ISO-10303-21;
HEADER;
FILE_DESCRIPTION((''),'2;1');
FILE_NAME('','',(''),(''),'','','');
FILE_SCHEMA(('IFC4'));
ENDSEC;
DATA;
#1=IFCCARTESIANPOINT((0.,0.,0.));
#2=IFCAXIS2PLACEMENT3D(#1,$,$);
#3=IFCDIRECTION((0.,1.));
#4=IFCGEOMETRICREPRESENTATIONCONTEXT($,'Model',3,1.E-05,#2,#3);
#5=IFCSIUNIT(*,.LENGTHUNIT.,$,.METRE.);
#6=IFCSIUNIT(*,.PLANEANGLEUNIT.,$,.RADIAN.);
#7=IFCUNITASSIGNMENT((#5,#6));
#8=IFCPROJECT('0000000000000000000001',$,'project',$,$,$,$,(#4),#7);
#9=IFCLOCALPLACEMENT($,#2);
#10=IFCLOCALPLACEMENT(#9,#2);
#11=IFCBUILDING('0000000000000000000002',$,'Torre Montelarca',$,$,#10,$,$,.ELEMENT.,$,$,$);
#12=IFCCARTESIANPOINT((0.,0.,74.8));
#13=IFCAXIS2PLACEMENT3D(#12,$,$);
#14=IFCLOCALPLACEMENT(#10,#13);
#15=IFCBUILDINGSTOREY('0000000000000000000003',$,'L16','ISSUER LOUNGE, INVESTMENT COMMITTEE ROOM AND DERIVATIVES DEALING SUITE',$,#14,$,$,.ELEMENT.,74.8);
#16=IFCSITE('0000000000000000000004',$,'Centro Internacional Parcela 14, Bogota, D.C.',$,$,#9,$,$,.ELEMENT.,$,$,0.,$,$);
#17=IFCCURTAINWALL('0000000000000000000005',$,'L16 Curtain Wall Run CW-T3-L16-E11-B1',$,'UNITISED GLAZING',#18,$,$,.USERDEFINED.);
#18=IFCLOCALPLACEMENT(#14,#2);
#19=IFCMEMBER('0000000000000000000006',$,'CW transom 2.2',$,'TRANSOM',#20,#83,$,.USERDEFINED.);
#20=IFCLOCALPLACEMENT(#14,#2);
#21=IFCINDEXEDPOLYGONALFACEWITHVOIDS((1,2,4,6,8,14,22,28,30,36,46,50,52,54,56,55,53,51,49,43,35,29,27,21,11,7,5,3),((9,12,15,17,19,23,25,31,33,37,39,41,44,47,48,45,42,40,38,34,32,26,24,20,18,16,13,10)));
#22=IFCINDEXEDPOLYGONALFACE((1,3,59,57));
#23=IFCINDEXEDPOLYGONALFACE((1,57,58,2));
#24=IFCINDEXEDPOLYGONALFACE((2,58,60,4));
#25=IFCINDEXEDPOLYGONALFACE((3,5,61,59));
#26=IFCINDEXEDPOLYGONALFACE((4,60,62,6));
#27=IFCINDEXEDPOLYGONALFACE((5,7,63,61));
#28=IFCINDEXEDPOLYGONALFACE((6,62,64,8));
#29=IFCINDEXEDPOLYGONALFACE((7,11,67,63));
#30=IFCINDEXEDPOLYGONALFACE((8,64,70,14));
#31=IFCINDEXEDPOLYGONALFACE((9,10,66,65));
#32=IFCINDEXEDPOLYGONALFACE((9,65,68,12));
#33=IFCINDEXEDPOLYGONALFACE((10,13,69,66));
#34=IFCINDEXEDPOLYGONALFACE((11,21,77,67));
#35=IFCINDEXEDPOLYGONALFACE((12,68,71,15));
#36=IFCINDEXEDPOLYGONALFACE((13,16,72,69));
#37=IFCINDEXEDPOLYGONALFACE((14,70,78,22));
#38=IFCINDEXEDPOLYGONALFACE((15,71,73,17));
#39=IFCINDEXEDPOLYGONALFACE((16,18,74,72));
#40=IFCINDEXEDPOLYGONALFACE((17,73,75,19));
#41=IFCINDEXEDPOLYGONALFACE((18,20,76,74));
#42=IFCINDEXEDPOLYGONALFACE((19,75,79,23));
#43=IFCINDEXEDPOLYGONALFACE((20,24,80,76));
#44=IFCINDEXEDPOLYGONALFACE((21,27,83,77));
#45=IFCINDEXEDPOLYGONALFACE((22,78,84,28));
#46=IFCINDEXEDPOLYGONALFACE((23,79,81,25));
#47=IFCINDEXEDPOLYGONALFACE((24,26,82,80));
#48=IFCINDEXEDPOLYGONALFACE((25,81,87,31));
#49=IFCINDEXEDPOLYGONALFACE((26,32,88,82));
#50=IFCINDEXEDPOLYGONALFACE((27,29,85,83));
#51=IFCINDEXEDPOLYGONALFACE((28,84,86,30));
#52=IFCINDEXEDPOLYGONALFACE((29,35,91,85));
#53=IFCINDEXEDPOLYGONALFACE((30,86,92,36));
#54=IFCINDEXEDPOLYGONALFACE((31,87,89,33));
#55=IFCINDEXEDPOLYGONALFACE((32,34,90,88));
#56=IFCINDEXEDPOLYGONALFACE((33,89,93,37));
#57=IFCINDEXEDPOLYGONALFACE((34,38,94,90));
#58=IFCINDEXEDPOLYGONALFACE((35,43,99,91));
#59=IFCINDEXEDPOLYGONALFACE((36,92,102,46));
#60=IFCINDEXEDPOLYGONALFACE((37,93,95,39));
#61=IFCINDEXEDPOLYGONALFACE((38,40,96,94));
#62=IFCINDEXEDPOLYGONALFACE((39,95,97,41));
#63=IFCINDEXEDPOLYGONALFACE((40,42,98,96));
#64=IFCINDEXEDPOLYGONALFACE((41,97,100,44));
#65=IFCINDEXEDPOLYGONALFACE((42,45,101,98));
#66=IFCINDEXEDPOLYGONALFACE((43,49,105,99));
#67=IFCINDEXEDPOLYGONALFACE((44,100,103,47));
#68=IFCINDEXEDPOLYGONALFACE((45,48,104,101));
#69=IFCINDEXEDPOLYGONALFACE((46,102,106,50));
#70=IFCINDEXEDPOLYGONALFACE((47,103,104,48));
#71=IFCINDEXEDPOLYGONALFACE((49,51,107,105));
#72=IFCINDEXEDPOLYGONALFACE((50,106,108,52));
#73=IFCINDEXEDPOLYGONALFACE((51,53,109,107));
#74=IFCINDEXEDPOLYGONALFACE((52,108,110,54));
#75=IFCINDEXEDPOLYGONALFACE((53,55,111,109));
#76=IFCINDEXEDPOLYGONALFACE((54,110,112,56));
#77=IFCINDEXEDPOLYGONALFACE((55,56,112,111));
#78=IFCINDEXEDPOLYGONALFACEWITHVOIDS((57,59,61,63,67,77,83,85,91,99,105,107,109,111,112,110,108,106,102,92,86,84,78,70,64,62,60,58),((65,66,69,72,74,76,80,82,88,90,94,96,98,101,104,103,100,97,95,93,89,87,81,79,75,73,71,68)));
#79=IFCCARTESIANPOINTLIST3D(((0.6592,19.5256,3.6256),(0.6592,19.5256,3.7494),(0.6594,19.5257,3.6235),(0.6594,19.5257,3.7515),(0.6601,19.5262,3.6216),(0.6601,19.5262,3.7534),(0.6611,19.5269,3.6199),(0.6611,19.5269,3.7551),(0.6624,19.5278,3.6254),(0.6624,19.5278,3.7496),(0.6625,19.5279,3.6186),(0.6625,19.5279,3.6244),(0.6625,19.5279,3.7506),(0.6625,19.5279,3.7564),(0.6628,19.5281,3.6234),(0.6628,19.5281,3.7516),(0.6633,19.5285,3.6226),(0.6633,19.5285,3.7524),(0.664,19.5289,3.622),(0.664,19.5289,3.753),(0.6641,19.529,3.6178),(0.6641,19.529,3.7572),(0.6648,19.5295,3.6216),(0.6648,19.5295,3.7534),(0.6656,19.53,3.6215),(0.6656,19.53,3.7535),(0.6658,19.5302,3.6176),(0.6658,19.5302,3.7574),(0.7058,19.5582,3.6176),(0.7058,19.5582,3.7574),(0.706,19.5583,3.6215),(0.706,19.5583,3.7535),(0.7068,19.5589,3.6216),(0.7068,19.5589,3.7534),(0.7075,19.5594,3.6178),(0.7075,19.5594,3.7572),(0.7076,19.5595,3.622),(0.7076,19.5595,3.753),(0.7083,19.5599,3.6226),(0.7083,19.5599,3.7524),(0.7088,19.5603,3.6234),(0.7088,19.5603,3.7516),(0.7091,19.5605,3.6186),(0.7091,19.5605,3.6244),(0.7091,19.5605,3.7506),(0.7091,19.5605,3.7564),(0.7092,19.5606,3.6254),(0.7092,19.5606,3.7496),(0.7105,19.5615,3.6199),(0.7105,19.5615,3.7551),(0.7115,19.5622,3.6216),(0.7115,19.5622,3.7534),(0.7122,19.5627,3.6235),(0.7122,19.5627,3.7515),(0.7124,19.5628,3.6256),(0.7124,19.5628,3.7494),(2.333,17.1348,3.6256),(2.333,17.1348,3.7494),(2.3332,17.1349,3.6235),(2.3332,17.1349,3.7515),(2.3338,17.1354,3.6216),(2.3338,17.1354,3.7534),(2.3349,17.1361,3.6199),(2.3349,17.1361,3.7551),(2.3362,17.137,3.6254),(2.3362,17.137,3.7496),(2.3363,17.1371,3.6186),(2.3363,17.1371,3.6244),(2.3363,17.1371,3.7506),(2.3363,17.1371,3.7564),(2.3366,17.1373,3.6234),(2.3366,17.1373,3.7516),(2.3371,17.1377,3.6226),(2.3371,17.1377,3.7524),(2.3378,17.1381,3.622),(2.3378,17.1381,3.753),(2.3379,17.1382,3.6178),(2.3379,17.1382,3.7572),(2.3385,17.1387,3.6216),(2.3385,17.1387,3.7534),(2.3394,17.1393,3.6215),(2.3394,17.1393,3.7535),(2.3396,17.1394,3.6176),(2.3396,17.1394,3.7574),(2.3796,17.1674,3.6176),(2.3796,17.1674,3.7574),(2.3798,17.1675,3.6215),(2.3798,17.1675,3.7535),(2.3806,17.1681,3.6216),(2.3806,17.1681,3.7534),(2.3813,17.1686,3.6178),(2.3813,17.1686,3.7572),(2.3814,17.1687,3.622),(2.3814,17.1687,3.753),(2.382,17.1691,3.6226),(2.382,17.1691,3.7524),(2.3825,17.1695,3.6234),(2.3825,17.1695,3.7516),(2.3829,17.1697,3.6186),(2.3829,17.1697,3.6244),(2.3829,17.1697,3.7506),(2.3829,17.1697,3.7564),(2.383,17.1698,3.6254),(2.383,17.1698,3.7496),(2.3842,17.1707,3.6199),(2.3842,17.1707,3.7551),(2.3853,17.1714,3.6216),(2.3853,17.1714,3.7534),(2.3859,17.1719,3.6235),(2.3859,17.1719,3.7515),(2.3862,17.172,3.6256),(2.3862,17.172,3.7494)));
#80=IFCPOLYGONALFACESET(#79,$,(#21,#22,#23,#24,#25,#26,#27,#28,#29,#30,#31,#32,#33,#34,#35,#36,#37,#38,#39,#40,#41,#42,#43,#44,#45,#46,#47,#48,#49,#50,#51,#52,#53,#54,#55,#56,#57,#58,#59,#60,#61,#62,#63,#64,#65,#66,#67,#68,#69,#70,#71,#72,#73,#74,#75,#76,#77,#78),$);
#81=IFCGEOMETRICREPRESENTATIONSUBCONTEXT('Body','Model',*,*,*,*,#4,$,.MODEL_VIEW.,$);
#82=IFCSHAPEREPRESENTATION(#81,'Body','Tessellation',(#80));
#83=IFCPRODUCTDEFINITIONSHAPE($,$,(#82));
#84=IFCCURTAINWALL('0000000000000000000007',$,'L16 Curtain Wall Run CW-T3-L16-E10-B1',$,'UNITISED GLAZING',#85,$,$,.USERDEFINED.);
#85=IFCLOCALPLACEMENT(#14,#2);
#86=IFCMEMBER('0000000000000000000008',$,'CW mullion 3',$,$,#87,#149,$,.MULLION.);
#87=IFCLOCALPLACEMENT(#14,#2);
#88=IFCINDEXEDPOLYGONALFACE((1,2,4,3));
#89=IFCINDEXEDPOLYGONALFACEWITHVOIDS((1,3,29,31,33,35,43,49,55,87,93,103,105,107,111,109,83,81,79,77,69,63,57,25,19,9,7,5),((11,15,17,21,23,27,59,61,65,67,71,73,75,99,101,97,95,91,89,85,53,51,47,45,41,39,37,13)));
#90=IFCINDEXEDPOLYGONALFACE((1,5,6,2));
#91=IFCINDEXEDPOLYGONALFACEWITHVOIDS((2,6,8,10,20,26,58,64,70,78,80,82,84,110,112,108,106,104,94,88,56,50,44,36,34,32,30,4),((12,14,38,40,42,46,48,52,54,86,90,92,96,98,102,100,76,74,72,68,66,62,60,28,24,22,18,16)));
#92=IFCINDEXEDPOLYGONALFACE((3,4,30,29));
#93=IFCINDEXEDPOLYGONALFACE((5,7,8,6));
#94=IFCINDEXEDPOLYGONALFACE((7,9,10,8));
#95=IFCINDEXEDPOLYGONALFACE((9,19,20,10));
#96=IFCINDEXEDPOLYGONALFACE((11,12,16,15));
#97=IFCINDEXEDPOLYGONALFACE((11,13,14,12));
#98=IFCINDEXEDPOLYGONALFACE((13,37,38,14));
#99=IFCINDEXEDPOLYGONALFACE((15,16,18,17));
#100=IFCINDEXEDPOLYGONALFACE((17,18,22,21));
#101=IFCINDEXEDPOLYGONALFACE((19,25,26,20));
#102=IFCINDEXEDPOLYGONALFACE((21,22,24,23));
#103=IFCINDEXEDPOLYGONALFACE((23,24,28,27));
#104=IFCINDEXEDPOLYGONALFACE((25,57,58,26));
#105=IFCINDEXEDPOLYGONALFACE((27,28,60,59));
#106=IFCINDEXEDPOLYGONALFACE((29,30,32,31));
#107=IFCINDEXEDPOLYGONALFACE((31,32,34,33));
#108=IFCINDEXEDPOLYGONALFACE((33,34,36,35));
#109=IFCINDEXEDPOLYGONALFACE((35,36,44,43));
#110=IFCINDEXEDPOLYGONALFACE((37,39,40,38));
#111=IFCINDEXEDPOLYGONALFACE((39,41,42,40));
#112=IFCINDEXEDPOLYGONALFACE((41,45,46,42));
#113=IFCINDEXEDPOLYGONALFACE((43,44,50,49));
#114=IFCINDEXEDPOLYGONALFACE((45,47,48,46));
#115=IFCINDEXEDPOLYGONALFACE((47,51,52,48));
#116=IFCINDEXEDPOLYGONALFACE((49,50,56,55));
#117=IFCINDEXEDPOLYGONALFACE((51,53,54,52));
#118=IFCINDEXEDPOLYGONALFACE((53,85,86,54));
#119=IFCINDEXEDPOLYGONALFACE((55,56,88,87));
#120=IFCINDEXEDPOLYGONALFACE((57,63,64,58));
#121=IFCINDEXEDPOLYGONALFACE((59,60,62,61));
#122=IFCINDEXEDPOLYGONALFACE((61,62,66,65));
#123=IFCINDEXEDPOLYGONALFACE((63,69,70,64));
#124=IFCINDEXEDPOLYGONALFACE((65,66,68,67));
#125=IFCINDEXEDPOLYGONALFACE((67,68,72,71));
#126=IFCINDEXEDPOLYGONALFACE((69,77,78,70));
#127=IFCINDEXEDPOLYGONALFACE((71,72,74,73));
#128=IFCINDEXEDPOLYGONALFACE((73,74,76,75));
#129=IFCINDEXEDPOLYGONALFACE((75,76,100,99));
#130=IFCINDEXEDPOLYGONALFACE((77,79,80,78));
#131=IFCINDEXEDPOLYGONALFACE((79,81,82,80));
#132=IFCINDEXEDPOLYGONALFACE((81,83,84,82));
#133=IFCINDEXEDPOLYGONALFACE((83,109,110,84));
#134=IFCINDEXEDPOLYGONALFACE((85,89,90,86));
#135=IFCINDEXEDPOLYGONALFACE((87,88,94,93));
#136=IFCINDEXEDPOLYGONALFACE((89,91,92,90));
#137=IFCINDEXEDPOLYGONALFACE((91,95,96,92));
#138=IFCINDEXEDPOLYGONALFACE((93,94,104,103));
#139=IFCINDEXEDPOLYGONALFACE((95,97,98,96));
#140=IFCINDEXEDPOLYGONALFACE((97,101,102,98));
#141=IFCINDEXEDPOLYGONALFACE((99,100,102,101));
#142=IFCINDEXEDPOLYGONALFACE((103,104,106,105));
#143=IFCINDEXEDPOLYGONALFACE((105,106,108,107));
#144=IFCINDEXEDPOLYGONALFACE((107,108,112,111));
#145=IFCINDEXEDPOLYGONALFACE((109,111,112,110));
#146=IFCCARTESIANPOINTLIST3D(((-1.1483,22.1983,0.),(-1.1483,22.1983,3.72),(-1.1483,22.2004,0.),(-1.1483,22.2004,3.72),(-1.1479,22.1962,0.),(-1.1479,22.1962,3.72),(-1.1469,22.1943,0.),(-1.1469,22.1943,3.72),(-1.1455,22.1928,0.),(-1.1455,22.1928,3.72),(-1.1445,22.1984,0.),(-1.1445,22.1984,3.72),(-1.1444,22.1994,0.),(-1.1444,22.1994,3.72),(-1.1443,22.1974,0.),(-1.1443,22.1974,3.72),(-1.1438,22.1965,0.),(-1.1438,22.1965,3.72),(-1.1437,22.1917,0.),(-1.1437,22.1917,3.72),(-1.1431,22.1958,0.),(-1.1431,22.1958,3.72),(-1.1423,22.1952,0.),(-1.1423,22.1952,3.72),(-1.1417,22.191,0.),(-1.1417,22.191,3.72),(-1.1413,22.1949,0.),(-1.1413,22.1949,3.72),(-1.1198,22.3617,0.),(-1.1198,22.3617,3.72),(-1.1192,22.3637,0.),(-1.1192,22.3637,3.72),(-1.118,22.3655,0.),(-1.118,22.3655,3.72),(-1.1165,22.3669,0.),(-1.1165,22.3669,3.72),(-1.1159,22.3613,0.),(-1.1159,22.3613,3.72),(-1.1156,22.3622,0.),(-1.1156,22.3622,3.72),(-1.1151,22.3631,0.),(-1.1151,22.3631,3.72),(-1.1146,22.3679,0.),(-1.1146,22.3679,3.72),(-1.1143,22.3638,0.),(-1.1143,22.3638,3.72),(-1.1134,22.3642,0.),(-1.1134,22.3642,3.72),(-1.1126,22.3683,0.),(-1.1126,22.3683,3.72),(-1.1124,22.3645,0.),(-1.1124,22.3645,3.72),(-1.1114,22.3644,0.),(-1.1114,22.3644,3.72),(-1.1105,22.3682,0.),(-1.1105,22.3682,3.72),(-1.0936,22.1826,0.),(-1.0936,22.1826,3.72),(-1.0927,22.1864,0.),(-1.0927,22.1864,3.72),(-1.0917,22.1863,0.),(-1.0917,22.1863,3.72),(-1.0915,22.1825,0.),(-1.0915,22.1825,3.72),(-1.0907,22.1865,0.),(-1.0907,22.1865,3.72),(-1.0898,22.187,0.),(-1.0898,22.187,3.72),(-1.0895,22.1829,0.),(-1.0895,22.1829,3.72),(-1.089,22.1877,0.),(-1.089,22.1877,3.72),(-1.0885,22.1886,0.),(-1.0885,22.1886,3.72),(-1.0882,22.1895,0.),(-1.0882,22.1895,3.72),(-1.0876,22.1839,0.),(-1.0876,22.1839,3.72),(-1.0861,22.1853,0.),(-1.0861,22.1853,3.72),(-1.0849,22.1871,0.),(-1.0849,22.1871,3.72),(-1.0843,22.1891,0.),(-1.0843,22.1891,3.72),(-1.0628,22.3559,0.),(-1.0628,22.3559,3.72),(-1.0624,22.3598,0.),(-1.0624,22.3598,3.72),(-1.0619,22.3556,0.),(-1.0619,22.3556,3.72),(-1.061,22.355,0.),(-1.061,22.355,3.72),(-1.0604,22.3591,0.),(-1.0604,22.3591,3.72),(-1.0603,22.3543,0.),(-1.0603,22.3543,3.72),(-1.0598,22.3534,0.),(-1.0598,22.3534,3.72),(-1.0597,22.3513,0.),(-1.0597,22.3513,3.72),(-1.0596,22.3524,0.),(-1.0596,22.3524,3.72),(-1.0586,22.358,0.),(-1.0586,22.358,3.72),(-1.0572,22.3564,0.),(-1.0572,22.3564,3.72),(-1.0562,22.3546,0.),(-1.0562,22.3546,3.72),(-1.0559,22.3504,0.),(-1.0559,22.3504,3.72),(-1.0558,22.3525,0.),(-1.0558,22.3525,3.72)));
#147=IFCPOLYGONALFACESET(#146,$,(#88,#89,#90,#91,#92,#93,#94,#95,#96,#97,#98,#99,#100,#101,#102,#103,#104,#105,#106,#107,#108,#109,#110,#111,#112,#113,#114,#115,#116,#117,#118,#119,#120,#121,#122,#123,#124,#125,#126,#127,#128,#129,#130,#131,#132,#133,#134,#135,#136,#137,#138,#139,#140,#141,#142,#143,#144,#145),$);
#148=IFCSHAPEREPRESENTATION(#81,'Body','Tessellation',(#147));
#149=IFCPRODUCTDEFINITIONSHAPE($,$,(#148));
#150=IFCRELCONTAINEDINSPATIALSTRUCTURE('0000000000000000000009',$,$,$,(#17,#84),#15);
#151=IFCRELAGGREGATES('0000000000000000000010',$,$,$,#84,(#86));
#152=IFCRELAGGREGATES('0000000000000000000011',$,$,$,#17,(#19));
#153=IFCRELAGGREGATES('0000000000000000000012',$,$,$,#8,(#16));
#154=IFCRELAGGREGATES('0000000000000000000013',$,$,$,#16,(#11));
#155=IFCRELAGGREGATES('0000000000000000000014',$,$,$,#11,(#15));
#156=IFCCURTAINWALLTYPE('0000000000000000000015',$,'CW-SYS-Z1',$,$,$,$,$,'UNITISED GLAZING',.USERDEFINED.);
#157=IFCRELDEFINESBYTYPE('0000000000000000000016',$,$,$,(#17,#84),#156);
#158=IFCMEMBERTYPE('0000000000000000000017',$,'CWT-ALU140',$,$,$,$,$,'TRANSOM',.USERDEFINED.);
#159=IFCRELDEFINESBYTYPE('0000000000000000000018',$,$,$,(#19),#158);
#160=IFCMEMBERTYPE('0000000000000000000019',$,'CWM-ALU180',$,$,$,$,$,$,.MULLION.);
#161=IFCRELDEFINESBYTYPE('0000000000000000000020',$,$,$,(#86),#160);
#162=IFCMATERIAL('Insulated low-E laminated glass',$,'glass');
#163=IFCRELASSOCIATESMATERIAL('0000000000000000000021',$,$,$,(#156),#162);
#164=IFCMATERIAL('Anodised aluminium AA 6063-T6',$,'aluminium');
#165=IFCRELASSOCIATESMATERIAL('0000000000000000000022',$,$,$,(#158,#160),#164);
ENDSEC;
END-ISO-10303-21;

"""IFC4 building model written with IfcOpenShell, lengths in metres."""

from ifc_helpers import new_model, si_unit, direction, frame, origin, origin_2d, place, context, subcontext, project, spatial, hollow_rectangle, extrude, source, transform, mapped, material, material_profile, profile_set, type_object, element, aggregate, save


model = new_model("IFC4")

# Units and contexts
model_context = context("Model", 3, precision=1e-05, world=origin(), true_north=direction((0.0, 1.0)))
body_context = subcontext(model_context, "Body", "Model", "MODEL_VIEW")
ifc_project = project(units=[si_unit("LENGTHUNIT", "METRE"), si_unit("PLANEANGLEUNIT", "RADIAN")], contexts=[model_context])

# Site, building, storey
site_placement = place(None, origin())
site = spatial("IfcSite", under=ifc_project, at=site_placement, Name="Centro Internacional Parcela 14, Bogota, D.C.", CompositionType="ELEMENT", RefElevation=0.0)
building_placement = place(site_placement, origin())
building = spatial("IfcBuilding", under=site, at=building_placement, Name="Torre Montelarca", CompositionType="ELEMENT")
storey_placement = place(building_placement, frame((0.0, 0.0, 74.8)))
storey = spatial("IfcBuildingStorey", under=building, at=storey_placement, Name="L16", Description="ISSUER LOUNGE, INVESTMENT COMMITTEE ROOM AND DERIVATIVES DEALING SUITE", CompositionType="ELEMENT", Elevation=74.8)

# Curtain wall, member
ifc_material_1 = material(Name="Insulated low-E laminated glass", Category="glass")
curtain_wall_type = type_object("IfcCurtainWallType", Name="CW-SYS-Z1", ElementType="UNITISED GLAZING", PredefinedType="USERDEFINED", material=ifc_material_1)
curtain_wall_1_placement = place(storey_placement, origin())
curtain_wall_1 = element("IfcCurtainWall", 1, at=curtain_wall_1_placement, inside=storey, type_object=curtain_wall_type, Name="L16 Curtain Wall Run CW-T3-L16-E11-B1", ObjectType="UNITISED GLAZING", PredefinedType="USERDEFINED")
ifc_material_2 = material(Name="Anodised aluminium AA 6063-T6", Category="aluminium")
ifc_material_profile_1 = material_profile(ifc_material_2, hollow_rectangle(XDim=0.0649, YDim=0.1399, WallThickness=0.0039, InnerFilletRadius=0.0039, OuterFilletRadius=0.0081, at=origin_2d()), Name="ALU65X140X4", Category="aluminium")
ifc_profile_set_1 = profile_set([ifc_material_profile_1], Name="Anodised aluminium AA 6063-T6")
member_type_1 = type_object("IfcMemberType", Name="CWT-ALU140", ElementType="TRANSOM", PredefinedType="USERDEFINED", material=ifc_profile_set_1)
shared_shape_1 = source(origin(), body_context, "Body", "SweptSolid", [
    extrude(hollow_rectangle(XDim=0.0649, YDim=0.1399, WallThickness=0.0039, InnerFilletRadius=0.0039, OuterFilletRadius=0.0081, at=origin_2d()), origin(), (0.0, 0.0, 1.0), 2.9185),
])
member_1_placement = place(storey_placement, frame((0.6858, 19.5442, 3.6875), z_axis=(0.573513, -0.819197, 0.0), x_axis=(0.819197, 0.573513, 0.0)))
member_1 = element("IfcMember", 2, at=member_1_placement, type_object=member_type_1, Name="CW transom 2.2", ObjectType="TRANSOM", PredefinedType="USERDEFINED", context=body_context, shape_type="MappedRepresentation", body=[
    mapped(shared_shape_1, transform((0.0, 0.0, 0.0), scale=1.0)),
])

# Curtain wall, member
curtain_wall_2_placement = place(storey_placement, origin())
curtain_wall_2 = element("IfcCurtainWall", 3, at=curtain_wall_2_placement, inside=storey, type_object=curtain_wall_type, Name="L16 Curtain Wall Run CW-T3-L16-E10-B1", ObjectType="UNITISED GLAZING", PredefinedType="USERDEFINED")
ifc_material_profile_2 = material_profile(ifc_material_2, hollow_rectangle(XDim=0.0649, YDim=0.1799, WallThickness=0.0039, InnerFilletRadius=0.0039, OuterFilletRadius=0.0081, at=origin_2d()), Name="ALU65X180X4", Category="aluminium")
ifc_profile_set_2 = profile_set([ifc_material_profile_2], Name="Anodised aluminium AA 6063-T6")
member_type_2 = type_object("IfcMemberType", Name="CWM-ALU180", PredefinedType="MULLION", material=ifc_profile_set_2)
shared_shape_2 = source(origin(), body_context, "Body", "SweptSolid", [
    extrude(hollow_rectangle(XDim=0.0649, YDim=0.1799, WallThickness=0.0039, InnerFilletRadius=0.0039, OuterFilletRadius=0.0081, at=origin_2d()), origin(), (0.0, 0.0, 1.0), 3.72),
])
member_2_placement = place(storey_placement, frame((-1.1021, 22.2754, 0.0), z_axis=(0.0, 0.0, 1.0), x_axis=(0.984808, -0.173646, 0.0)))
member_2 = element("IfcMember", 4, at=member_2_placement, type_object=member_type_2, Name="CW mullion 3", PredefinedType="MULLION", context=body_context, shape_type="MappedRepresentation", body=[
    mapped(shared_shape_2, transform((0.0, 0.0, 0.0), scale=1.0)),
])
aggregate(curtain_wall_2, [member_2])

aggregate(curtain_wall_1, [member_1])

save(model, "model.ifc")
